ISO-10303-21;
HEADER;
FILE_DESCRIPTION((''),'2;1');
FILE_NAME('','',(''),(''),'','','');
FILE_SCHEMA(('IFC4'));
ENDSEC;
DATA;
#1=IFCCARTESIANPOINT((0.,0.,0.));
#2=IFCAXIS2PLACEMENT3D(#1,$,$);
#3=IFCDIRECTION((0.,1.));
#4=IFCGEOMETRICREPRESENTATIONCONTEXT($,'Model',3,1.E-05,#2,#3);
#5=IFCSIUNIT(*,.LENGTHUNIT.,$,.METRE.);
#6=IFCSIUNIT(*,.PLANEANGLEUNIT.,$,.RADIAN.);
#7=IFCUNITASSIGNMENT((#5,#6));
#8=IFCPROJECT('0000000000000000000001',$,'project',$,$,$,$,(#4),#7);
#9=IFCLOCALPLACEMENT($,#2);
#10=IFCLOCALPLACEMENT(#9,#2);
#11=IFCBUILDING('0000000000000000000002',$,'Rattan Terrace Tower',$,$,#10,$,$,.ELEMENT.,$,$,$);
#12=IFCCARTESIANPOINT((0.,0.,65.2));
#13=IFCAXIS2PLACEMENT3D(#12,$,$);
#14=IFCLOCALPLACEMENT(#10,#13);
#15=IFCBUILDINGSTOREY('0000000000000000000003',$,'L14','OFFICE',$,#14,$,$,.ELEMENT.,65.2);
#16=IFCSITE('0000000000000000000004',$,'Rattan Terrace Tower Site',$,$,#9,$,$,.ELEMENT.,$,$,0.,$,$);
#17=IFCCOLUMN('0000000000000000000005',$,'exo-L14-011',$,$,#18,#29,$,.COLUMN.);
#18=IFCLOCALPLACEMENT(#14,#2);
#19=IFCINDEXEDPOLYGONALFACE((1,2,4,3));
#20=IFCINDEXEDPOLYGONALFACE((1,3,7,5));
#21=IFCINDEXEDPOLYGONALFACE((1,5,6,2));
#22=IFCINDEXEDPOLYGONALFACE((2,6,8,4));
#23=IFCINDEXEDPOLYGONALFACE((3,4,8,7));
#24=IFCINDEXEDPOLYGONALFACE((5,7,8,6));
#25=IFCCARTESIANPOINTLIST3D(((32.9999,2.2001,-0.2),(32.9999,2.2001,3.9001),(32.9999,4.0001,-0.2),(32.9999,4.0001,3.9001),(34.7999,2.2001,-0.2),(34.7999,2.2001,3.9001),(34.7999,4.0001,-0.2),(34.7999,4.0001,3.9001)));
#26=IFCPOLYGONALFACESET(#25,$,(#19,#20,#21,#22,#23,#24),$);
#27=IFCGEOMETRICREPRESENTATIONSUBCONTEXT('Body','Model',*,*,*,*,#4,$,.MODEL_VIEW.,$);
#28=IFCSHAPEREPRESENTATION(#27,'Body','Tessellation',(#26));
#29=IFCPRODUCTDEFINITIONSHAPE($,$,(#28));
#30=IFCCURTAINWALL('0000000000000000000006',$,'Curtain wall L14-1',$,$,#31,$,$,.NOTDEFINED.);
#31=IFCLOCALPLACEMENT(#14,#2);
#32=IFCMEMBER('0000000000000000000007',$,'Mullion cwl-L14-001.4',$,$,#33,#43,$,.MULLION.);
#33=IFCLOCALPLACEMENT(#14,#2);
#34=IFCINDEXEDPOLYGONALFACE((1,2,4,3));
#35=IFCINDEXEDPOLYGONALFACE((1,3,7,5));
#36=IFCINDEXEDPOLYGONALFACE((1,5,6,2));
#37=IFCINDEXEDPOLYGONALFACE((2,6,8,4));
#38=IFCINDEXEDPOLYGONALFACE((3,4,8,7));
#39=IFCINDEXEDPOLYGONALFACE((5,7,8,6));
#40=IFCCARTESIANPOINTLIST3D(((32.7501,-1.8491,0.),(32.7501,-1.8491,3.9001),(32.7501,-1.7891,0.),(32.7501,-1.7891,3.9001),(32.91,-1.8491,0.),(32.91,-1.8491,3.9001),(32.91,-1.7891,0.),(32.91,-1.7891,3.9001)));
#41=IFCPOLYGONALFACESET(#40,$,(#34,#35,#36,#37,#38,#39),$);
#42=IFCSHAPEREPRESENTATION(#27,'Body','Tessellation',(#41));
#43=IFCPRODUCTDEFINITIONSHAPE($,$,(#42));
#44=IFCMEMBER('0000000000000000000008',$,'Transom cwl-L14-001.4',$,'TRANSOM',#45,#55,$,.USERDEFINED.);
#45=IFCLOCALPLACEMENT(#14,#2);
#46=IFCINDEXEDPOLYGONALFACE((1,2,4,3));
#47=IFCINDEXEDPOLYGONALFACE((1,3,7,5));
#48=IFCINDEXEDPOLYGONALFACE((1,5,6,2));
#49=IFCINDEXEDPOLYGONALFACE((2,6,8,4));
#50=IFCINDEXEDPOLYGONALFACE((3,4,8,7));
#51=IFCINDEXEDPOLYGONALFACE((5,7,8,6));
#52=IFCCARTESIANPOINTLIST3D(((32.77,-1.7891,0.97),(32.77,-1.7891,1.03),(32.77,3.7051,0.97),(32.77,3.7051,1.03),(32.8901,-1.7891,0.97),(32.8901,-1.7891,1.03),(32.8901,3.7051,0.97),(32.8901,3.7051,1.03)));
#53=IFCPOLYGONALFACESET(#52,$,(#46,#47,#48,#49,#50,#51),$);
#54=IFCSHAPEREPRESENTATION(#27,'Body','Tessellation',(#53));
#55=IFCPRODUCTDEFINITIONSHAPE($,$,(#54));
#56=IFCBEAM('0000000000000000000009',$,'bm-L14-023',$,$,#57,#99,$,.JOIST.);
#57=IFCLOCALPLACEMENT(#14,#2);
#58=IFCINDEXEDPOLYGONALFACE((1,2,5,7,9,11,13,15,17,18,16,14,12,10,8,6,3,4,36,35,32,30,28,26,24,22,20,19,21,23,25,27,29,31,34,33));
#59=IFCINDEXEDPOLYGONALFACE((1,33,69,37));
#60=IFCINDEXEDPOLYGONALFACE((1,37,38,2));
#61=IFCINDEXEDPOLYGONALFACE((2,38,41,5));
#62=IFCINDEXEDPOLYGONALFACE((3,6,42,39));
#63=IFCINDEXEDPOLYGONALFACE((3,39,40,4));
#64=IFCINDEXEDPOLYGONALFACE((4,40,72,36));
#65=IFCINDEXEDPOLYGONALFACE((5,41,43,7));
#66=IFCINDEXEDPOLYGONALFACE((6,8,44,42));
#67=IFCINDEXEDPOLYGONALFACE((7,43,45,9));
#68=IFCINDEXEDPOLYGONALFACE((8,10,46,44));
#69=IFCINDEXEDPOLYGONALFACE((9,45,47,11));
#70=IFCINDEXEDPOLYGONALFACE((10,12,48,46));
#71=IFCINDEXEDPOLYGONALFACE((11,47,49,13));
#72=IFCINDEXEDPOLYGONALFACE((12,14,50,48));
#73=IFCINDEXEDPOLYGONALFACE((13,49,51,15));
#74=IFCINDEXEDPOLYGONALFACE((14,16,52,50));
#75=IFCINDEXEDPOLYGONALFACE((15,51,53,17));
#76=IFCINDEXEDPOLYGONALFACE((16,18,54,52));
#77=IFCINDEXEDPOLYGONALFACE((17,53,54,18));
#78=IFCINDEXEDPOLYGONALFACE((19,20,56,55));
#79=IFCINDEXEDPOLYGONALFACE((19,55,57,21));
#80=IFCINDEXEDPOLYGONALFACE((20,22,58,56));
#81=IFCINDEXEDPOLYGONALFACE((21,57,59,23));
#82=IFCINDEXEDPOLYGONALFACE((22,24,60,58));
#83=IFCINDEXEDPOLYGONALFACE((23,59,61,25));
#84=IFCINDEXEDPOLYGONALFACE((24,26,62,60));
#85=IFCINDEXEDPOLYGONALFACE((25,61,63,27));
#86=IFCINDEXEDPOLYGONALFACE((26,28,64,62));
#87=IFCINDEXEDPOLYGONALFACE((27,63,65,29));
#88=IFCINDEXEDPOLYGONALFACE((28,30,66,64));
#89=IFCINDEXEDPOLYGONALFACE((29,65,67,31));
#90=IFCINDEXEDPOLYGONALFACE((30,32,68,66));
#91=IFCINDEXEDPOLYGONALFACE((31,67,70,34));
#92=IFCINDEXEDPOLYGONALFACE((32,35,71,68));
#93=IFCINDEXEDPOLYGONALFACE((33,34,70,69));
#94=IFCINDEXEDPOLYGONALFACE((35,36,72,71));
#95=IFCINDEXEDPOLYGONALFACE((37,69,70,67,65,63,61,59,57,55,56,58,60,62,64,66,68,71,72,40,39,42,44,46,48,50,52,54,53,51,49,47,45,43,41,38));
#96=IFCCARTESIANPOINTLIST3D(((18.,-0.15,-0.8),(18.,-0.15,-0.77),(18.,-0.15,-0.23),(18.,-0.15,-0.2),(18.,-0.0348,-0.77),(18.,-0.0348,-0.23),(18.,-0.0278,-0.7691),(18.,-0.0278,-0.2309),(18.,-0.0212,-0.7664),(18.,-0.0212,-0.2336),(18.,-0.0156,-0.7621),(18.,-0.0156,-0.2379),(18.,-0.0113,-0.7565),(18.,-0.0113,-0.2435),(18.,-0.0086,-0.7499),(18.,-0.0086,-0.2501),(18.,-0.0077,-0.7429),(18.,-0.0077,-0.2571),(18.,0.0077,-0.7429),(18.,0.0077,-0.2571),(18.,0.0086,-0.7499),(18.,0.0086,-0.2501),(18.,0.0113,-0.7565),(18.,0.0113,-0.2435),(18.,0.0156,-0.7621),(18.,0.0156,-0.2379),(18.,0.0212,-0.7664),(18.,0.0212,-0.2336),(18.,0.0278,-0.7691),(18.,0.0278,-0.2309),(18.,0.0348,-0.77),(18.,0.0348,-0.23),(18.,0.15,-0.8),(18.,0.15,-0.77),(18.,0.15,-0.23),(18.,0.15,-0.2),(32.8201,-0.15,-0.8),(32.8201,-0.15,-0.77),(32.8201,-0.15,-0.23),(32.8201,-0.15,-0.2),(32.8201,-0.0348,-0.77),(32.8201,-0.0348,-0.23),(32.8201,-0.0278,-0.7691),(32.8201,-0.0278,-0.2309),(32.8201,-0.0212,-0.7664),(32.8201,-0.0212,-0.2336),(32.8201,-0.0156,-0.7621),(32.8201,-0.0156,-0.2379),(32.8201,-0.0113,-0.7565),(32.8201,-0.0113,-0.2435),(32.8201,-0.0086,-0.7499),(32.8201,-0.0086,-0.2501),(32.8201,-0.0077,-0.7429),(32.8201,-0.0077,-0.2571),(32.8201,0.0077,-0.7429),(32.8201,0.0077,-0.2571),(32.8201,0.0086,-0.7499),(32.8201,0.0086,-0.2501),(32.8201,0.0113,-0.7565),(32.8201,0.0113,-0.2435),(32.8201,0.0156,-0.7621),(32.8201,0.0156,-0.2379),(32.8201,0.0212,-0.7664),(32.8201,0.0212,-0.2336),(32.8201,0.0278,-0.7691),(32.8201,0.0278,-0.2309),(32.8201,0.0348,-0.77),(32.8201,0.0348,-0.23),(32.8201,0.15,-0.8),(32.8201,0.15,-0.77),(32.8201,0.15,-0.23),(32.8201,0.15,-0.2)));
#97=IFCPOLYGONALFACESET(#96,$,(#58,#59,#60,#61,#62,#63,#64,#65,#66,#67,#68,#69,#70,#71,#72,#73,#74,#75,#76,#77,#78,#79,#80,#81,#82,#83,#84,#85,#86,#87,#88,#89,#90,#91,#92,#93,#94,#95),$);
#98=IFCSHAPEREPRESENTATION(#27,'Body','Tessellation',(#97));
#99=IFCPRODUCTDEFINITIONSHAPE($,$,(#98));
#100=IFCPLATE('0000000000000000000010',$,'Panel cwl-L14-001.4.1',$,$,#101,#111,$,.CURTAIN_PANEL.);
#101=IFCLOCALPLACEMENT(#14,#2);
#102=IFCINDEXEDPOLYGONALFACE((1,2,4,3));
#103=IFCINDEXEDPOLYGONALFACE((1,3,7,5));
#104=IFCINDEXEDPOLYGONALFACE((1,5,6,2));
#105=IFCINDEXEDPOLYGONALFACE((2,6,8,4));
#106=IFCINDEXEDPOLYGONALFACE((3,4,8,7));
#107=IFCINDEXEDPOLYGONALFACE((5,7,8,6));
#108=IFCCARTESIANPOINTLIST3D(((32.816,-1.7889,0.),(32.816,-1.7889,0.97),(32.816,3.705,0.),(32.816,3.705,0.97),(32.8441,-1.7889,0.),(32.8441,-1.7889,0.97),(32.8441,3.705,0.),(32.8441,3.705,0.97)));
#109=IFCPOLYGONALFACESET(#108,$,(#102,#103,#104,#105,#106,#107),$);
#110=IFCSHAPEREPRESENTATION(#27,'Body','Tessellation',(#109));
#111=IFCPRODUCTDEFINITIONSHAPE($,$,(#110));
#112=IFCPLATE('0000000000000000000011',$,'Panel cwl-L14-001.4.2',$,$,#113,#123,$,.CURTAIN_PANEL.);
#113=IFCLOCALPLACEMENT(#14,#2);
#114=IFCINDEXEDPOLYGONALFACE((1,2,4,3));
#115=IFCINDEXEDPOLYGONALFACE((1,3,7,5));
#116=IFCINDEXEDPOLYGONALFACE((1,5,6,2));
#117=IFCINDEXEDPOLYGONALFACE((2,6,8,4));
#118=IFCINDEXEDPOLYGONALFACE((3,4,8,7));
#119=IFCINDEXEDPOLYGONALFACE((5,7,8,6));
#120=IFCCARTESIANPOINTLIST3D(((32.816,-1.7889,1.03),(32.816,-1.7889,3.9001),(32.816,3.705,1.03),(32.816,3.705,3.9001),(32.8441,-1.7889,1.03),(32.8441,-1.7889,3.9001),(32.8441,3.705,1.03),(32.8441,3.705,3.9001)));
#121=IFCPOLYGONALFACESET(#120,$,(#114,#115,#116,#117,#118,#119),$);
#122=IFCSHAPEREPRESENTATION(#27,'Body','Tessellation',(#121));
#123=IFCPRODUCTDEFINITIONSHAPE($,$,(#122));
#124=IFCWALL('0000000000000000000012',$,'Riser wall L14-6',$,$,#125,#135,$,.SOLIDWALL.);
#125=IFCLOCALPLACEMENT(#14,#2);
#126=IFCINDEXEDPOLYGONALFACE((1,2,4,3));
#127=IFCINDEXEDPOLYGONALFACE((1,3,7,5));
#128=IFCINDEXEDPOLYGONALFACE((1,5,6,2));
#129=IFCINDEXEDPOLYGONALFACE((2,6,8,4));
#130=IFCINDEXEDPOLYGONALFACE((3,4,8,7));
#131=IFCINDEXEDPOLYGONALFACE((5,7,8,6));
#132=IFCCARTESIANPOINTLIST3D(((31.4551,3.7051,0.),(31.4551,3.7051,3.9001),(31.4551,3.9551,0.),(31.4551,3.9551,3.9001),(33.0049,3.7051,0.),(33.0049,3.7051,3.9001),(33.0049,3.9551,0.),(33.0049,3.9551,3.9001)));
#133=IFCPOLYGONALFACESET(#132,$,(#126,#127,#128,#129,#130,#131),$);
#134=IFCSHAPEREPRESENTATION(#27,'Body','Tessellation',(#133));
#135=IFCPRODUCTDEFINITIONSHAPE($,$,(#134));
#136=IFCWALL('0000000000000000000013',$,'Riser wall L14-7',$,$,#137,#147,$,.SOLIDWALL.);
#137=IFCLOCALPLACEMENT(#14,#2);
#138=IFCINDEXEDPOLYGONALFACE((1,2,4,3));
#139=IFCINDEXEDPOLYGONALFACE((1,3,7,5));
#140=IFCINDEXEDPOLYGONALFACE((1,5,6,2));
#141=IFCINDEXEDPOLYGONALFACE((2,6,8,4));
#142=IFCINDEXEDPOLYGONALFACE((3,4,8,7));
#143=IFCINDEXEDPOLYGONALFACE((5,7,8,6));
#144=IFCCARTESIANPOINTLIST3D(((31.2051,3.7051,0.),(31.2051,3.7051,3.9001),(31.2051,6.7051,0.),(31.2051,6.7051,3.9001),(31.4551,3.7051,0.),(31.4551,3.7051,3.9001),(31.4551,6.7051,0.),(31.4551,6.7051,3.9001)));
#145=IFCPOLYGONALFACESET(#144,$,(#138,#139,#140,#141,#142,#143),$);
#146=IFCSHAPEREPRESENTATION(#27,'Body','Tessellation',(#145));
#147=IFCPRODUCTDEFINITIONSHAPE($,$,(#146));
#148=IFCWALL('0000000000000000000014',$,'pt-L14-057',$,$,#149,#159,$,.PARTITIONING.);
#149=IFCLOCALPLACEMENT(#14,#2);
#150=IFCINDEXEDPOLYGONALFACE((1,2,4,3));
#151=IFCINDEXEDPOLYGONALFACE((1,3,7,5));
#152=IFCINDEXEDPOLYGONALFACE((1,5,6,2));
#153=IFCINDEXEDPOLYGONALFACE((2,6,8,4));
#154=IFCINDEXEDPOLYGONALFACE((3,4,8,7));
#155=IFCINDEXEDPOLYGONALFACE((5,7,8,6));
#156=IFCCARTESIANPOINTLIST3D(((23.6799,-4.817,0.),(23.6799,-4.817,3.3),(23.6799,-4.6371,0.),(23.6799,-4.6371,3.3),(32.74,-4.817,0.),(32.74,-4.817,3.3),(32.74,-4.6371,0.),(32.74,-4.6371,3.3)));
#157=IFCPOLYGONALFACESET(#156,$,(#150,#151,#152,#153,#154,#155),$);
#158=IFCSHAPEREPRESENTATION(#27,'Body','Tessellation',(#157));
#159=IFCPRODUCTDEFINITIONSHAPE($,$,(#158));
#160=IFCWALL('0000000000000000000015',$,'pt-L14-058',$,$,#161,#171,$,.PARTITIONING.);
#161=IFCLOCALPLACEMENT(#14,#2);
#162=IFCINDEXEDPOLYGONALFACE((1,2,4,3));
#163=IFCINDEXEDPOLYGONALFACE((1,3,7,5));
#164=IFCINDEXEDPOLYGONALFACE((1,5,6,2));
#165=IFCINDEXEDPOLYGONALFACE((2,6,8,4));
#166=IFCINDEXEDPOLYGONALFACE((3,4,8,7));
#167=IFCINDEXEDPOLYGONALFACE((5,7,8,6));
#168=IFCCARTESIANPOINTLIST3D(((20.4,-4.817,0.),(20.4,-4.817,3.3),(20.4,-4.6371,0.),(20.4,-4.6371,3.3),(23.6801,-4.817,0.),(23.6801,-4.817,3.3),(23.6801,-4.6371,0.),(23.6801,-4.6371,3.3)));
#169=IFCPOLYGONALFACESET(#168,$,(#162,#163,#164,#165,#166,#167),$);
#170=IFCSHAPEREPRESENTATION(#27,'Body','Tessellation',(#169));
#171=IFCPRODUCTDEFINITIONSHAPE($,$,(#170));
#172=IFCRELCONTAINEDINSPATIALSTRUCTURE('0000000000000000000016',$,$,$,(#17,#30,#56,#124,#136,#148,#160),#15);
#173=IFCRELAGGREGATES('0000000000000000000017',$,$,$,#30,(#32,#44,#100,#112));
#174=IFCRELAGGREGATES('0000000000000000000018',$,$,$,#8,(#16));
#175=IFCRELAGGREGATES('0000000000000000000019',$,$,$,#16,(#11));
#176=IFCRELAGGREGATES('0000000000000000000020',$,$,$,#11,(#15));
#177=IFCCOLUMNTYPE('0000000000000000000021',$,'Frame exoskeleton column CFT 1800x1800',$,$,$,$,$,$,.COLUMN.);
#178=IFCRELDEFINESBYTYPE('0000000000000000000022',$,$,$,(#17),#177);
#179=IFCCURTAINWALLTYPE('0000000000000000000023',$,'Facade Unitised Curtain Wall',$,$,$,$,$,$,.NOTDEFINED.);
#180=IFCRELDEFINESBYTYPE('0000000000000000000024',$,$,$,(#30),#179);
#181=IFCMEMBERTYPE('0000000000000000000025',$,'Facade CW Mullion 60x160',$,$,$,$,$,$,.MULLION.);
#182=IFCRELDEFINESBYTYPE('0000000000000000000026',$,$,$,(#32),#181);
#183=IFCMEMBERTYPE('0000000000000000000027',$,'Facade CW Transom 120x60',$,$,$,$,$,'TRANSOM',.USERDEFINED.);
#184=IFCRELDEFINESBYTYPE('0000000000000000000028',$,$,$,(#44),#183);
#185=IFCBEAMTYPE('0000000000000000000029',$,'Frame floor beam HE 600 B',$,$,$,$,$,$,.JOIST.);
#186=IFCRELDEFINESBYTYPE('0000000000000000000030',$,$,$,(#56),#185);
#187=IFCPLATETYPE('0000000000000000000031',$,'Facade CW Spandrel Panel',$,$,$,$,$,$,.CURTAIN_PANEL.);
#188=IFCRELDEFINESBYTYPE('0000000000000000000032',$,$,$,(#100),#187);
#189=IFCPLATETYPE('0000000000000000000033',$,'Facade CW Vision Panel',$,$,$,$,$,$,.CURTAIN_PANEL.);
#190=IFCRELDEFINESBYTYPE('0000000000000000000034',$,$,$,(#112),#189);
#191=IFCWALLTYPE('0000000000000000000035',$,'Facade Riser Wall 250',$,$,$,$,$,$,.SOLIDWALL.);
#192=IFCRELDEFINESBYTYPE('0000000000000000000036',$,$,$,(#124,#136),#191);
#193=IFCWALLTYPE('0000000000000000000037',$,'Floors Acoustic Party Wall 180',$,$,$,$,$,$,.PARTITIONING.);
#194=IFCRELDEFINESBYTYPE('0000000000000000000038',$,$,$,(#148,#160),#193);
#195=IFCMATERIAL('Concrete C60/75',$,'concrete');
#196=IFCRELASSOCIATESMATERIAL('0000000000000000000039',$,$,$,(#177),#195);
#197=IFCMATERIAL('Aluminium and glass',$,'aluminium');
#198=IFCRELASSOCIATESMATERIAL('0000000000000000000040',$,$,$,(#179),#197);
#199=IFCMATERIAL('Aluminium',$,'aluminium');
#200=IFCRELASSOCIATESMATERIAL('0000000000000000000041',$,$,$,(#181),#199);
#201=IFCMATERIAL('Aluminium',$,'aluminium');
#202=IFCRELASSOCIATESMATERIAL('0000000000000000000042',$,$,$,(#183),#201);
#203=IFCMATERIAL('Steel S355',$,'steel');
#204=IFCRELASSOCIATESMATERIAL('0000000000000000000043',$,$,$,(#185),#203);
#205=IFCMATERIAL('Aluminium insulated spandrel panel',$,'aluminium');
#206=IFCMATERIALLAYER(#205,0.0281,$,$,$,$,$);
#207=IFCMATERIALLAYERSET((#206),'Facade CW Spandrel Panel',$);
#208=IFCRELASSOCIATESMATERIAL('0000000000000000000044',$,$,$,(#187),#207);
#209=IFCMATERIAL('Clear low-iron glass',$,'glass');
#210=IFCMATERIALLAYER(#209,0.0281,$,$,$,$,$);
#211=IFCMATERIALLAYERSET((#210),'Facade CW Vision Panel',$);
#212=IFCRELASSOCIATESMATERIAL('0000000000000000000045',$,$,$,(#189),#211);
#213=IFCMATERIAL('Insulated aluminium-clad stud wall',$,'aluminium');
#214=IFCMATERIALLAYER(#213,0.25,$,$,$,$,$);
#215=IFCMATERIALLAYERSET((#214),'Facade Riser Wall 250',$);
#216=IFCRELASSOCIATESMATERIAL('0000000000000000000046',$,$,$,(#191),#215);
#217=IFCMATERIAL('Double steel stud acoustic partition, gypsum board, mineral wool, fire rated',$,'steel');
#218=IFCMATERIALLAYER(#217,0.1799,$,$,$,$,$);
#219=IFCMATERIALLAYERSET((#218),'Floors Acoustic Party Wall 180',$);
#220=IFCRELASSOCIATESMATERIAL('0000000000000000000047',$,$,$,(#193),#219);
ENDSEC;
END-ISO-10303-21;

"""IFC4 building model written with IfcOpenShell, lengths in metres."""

from ifc_helpers import new_model, si_unit, direction, frame, frame_2d, origin, origin_2d, place, context, subcontext, project, spatial, rectangle, i_section, extrude, material, layer, layer_set, material_profile, profile_set, type_object, element, aggregate, save


model = new_model("IFC4")

# Units and contexts
model_context = context("Model", 3, precision=1e-05, world=origin(), true_north=direction((0.0, 1.0)))
body_context = subcontext(model_context, "Body", "Model", "MODEL_VIEW")
ifc_project = project(units=[si_unit("LENGTHUNIT", "METRE"), si_unit("PLANEANGLEUNIT", "RADIAN")], contexts=[model_context])

# Site, building, storey
site_placement = place(None, origin())
site = spatial("IfcSite", under=ifc_project, at=site_placement, Name="Rattan Terrace Tower Site", CompositionType="ELEMENT", RefElevation=0.0)
building_placement = place(site_placement, origin())
building = spatial("IfcBuilding", under=site, at=building_placement, Name="Rattan Terrace Tower", CompositionType="ELEMENT")
storey_placement = place(building_placement, frame((0.0, 0.0, 65.2)))
storey = spatial("IfcBuildingStorey", under=building, at=storey_placement, Name="L14", Description="OFFICE", CompositionType="ELEMENT", Elevation=65.2)

# Column
ifc_material_1 = material(Name="Concrete C60/75", Category="concrete")
ifc_material_profile_1 = material_profile(ifc_material_1, rectangle(XDim=1.8, YDim=1.8, at=origin_2d()), Name="CFT 1800x1800")
ifc_profile_set_1 = profile_set([ifc_material_profile_1], Name="Concrete C60/75")
column_type = type_object("IfcColumnType", Name="Frame exoskeleton column CFT 1800x1800", PredefinedType="COLUMN", material=ifc_profile_set_1)
column_placement = place(storey_placement, frame((33.8999, 3.1001, -0.2), z_axis=(0.0, 0.0, 1.0), x_axis=(0.0, 1.0, 0.0)))
element("IfcColumn", 1, at=column_placement, inside=storey, type_object=column_type, Name="exo-L14-011", PredefinedType="COLUMN", context=body_context, shape_type="SweptSolid", body=[
    extrude(rectangle(XDim=1.8, YDim=1.8, at=origin_2d()), origin(), (0.0, 0.0, 1.0), 4.1001),
])

# Curtain wall, members
ifc_material_2 = material(Name="Aluminium and glass", Category="aluminium")
curtain_wall_type = type_object("IfcCurtainWallType", Name="Facade Unitised Curtain Wall", PredefinedType="NOTDEFINED", material=ifc_material_2)
curtain_wall_placement = place(storey_placement, origin())
curtain_wall = element("IfcCurtainWall", 2, at=curtain_wall_placement, inside=storey, type_object=curtain_wall_type, Name="Curtain wall L14-1", PredefinedType="NOTDEFINED")
ifc_material_3 = material(Name="Aluminium", Category="aluminium")
ifc_material_profile_2 = material_profile(ifc_material_3, rectangle(XDim=0.0601, YDim=0.1599, at=origin_2d()), Name="Aluminium 60x160")
ifc_profile_set_2 = profile_set([ifc_material_profile_2], Name="Aluminium")
member_type_1 = type_object("IfcMemberType", Name="Facade CW Mullion 60x160", PredefinedType="MULLION", material=ifc_profile_set_2)
member_1_placement = place(storey_placement, frame((32.8301, -1.8191, 0.0), z_axis=(0.0, 0.0, 1.0), x_axis=(0.0, 1.0, 0.0)))
member_1 = element("IfcMember", 3, at=member_1_placement, type_object=member_type_1, Name="Mullion cwl-L14-001.4", PredefinedType="MULLION", context=body_context, shape_type="SweptSolid", body=[
    extrude(rectangle(XDim=0.0601, YDim=0.1599, at=origin_2d()), origin(), (0.0, 0.0, 1.0), 3.9001),
])
ifc_material_4 = material(Name="Aluminium", Category="aluminium")
ifc_material_profile_3 = material_profile(ifc_material_4, rectangle(XDim=0.1201, YDim=0.0601, at=origin_2d()), Name="Aluminium 120x60")
ifc_profile_set_3 = profile_set([ifc_material_profile_3], Name="Aluminium")
member_type_2 = type_object("IfcMemberType", Name="Facade CW Transom 120x60", ElementType="TRANSOM", PredefinedType="USERDEFINED", material=ifc_profile_set_3)
member_2_placement = place(storey_placement, frame((32.8301, -1.7891, 1.0), z_axis=(0.0, 1.0, 0.0), x_axis=(-1.0, 0.0, 0.0)))
member_2 = element("IfcMember", 4, at=member_2_placement, type_object=member_type_2, Name="Transom cwl-L14-001.4", ObjectType="TRANSOM", PredefinedType="USERDEFINED", context=body_context, shape_type="SweptSolid", body=[
    extrude(rectangle(XDim=0.1201, YDim=0.0601, at=origin_2d()), origin(), (0.0, 0.0, 1.0), 5.4941),
])

# Beam
ifc_material_5 = material(Name="Steel S355", Category="steel")
ifc_material_profile_4 = material_profile(ifc_material_5, i_section(OverallWidth=0.3, OverallDepth=0.6001, WebThickness=0.0154, FlangeThickness=0.03, FilletRadius=0.0271, at=origin_2d()), Name="HE 600 B")
ifc_profile_set_4 = profile_set([ifc_material_profile_4], Name="Steel S355")
beam_type = type_object("IfcBeamType", Name="Frame floor beam HE 600 B", PredefinedType="JOIST", material=ifc_profile_set_4)
beam_placement = place(storey_placement, frame((18.0, 0.0, -0.5), z_axis=(1.0, 0.0, 0.0), x_axis=(0.0, 1.0, 0.0)))
element("IfcBeam", 5, at=beam_placement, inside=storey, type_object=beam_type, Name="bm-L14-023", PredefinedType="JOIST", context=body_context, shape_type="SweptSolid", body=[
    extrude(i_section(OverallWidth=0.3, OverallDepth=0.6001, WebThickness=0.0154, FlangeThickness=0.03, FilletRadius=0.0271, at=origin_2d()), origin(), (0.0, 0.0, 1.0), 14.8201),
])

# Plates
ifc_material_6 = material(Name="Aluminium insulated spandrel panel", Category="aluminium")
ifc_layer_1 = layer(ifc_material_6, 0.0281)
ifc_layer_set_1 = layer_set([ifc_layer_1], Name="Facade CW Spandrel Panel")
plate_type_1 = type_object("IfcPlateType", Name="Facade CW Spandrel Panel", PredefinedType="CURTAIN_PANEL", material=ifc_layer_set_1)
plate_1_placement = place(storey_placement, frame((32.8301, 0.958, 0.0), z_axis=(0.0, 0.0, 1.0), x_axis=(0.0, 1.0, 0.0)))
plate_1 = element("IfcPlate", 6, at=plate_1_placement, type_object=plate_type_1, Name="Panel cwl-L14-001.4.1", PredefinedType="CURTAIN_PANEL", context=body_context, shape_type="SweptSolid", body=[
    extrude(rectangle(XDim=5.4939, YDim=0.0281, at=origin_2d()), origin(), (0.0, 0.0, 1.0), 0.97),
])
ifc_material_7 = material(Name="Clear low-iron glass", Category="glass")
ifc_layer_2 = layer(ifc_material_7, 0.0281)
ifc_layer_set_2 = layer_set([ifc_layer_2], Name="Facade CW Vision Panel")
plate_type_2 = type_object("IfcPlateType", Name="Facade CW Vision Panel", PredefinedType="CURTAIN_PANEL", material=ifc_layer_set_2)
plate_2_placement = place(storey_placement, frame((32.8301, 0.958, 1.03), z_axis=(0.0, 0.0, 1.0), x_axis=(0.0, 1.0, 0.0)))
plate_2 = element("IfcPlate", 7, at=plate_2_placement, type_object=plate_type_2, Name="Panel cwl-L14-001.4.2", PredefinedType="CURTAIN_PANEL", context=body_context, shape_type="SweptSolid", body=[
    extrude(rectangle(XDim=5.4939, YDim=0.0281, at=origin_2d()), origin(), (0.0, 0.0, 1.0), 2.8701),
])
aggregate(curtain_wall, [member_1, member_2, plate_1, plate_2])

# Walls
ifc_material_8 = material(Name="Insulated aluminium-clad stud wall", Category="aluminium")
ifc_layer_3 = layer(ifc_material_8, 0.25)
ifc_layer_set_3 = layer_set([ifc_layer_3], Name="Facade Riser Wall 250")
wall_type_1 = type_object("IfcWallType", Name="Facade Riser Wall 250", PredefinedType="SOLIDWALL", material=ifc_layer_set_3)
wall_1_placement = place(storey_placement, frame((33.0049, 3.8301, 0.0), z_axis=(0.0, 0.0, 1.0), x_axis=(-1.0, 0.0, 0.0)))
element("IfcWall", 8, at=wall_1_placement, inside=storey, type_object=wall_type_1, Name="Riser wall L14-6", PredefinedType="SOLIDWALL", context=body_context, shape_type="SweptSolid", body=[
    extrude(rectangle(XDim=1.5498, YDim=0.25, at=frame_2d((0.7749, 0.0))), origin(), (0.0, 0.0, 1.0), 3.9001),
])
wall_2_placement = place(storey_placement, frame((31.3301, 3.7051, 0.0), z_axis=(0.0, 0.0, 1.0), x_axis=(0.0, 1.0, 0.0)))
element("IfcWall", 9, at=wall_2_placement, inside=storey, type_object=wall_type_1, Name="Riser wall L14-7", PredefinedType="SOLIDWALL", context=body_context, shape_type="SweptSolid", body=[
    extrude(rectangle(XDim=3.0, YDim=0.25, at=frame_2d((1.5, 0.0))), origin(), (0.0, 0.0, 1.0), 3.9001),
])
ifc_material_9 = material(Name="Double steel stud acoustic partition, gypsum board, mineral wool, fire rated", Category="steel")
ifc_layer_4 = layer(ifc_material_9, 0.1799)
ifc_layer_set_4 = layer_set([ifc_layer_4], Name="Floors Acoustic Party Wall 180")
wall_type_2 = type_object("IfcWallType", Name="Floors Acoustic Party Wall 180", PredefinedType="PARTITIONING", material=ifc_layer_set_4)
wall_3_placement = place(storey_placement, frame((23.6799, -4.7271, 0.0), z_axis=(0.0, 0.0, 1.0), x_axis=(1.0, 0.0, 0.0)))
element("IfcWall", 10, at=wall_3_placement, inside=storey, type_object=wall_type_2, Name="pt-L14-057", PredefinedType="PARTITIONING", context=body_context, shape_type="SweptSolid", body=[
    extrude(rectangle(XDim=9.0601, YDim=0.1799, at=frame_2d((4.53, 0.0))), origin(), (0.0, 0.0, 1.0), 3.3),
])
wall_4_placement = place(storey_placement, frame((20.3999, -4.7271, 0.0), z_axis=(0.0, 0.0, 1.0), x_axis=(1.0, 0.0, 0.0)))
element("IfcWall", 11, at=wall_4_placement, inside=storey, type_object=wall_type_2, Name="pt-L14-058", PredefinedType="PARTITIONING", context=body_context, shape_type="SweptSolid", body=[
    extrude(rectangle(XDim=3.28, YDim=0.1799, at=frame_2d((1.6401, 0.0))), origin(), (0.0, 0.0, 1.0), 3.3),
])

save(model, "model.ifc")
